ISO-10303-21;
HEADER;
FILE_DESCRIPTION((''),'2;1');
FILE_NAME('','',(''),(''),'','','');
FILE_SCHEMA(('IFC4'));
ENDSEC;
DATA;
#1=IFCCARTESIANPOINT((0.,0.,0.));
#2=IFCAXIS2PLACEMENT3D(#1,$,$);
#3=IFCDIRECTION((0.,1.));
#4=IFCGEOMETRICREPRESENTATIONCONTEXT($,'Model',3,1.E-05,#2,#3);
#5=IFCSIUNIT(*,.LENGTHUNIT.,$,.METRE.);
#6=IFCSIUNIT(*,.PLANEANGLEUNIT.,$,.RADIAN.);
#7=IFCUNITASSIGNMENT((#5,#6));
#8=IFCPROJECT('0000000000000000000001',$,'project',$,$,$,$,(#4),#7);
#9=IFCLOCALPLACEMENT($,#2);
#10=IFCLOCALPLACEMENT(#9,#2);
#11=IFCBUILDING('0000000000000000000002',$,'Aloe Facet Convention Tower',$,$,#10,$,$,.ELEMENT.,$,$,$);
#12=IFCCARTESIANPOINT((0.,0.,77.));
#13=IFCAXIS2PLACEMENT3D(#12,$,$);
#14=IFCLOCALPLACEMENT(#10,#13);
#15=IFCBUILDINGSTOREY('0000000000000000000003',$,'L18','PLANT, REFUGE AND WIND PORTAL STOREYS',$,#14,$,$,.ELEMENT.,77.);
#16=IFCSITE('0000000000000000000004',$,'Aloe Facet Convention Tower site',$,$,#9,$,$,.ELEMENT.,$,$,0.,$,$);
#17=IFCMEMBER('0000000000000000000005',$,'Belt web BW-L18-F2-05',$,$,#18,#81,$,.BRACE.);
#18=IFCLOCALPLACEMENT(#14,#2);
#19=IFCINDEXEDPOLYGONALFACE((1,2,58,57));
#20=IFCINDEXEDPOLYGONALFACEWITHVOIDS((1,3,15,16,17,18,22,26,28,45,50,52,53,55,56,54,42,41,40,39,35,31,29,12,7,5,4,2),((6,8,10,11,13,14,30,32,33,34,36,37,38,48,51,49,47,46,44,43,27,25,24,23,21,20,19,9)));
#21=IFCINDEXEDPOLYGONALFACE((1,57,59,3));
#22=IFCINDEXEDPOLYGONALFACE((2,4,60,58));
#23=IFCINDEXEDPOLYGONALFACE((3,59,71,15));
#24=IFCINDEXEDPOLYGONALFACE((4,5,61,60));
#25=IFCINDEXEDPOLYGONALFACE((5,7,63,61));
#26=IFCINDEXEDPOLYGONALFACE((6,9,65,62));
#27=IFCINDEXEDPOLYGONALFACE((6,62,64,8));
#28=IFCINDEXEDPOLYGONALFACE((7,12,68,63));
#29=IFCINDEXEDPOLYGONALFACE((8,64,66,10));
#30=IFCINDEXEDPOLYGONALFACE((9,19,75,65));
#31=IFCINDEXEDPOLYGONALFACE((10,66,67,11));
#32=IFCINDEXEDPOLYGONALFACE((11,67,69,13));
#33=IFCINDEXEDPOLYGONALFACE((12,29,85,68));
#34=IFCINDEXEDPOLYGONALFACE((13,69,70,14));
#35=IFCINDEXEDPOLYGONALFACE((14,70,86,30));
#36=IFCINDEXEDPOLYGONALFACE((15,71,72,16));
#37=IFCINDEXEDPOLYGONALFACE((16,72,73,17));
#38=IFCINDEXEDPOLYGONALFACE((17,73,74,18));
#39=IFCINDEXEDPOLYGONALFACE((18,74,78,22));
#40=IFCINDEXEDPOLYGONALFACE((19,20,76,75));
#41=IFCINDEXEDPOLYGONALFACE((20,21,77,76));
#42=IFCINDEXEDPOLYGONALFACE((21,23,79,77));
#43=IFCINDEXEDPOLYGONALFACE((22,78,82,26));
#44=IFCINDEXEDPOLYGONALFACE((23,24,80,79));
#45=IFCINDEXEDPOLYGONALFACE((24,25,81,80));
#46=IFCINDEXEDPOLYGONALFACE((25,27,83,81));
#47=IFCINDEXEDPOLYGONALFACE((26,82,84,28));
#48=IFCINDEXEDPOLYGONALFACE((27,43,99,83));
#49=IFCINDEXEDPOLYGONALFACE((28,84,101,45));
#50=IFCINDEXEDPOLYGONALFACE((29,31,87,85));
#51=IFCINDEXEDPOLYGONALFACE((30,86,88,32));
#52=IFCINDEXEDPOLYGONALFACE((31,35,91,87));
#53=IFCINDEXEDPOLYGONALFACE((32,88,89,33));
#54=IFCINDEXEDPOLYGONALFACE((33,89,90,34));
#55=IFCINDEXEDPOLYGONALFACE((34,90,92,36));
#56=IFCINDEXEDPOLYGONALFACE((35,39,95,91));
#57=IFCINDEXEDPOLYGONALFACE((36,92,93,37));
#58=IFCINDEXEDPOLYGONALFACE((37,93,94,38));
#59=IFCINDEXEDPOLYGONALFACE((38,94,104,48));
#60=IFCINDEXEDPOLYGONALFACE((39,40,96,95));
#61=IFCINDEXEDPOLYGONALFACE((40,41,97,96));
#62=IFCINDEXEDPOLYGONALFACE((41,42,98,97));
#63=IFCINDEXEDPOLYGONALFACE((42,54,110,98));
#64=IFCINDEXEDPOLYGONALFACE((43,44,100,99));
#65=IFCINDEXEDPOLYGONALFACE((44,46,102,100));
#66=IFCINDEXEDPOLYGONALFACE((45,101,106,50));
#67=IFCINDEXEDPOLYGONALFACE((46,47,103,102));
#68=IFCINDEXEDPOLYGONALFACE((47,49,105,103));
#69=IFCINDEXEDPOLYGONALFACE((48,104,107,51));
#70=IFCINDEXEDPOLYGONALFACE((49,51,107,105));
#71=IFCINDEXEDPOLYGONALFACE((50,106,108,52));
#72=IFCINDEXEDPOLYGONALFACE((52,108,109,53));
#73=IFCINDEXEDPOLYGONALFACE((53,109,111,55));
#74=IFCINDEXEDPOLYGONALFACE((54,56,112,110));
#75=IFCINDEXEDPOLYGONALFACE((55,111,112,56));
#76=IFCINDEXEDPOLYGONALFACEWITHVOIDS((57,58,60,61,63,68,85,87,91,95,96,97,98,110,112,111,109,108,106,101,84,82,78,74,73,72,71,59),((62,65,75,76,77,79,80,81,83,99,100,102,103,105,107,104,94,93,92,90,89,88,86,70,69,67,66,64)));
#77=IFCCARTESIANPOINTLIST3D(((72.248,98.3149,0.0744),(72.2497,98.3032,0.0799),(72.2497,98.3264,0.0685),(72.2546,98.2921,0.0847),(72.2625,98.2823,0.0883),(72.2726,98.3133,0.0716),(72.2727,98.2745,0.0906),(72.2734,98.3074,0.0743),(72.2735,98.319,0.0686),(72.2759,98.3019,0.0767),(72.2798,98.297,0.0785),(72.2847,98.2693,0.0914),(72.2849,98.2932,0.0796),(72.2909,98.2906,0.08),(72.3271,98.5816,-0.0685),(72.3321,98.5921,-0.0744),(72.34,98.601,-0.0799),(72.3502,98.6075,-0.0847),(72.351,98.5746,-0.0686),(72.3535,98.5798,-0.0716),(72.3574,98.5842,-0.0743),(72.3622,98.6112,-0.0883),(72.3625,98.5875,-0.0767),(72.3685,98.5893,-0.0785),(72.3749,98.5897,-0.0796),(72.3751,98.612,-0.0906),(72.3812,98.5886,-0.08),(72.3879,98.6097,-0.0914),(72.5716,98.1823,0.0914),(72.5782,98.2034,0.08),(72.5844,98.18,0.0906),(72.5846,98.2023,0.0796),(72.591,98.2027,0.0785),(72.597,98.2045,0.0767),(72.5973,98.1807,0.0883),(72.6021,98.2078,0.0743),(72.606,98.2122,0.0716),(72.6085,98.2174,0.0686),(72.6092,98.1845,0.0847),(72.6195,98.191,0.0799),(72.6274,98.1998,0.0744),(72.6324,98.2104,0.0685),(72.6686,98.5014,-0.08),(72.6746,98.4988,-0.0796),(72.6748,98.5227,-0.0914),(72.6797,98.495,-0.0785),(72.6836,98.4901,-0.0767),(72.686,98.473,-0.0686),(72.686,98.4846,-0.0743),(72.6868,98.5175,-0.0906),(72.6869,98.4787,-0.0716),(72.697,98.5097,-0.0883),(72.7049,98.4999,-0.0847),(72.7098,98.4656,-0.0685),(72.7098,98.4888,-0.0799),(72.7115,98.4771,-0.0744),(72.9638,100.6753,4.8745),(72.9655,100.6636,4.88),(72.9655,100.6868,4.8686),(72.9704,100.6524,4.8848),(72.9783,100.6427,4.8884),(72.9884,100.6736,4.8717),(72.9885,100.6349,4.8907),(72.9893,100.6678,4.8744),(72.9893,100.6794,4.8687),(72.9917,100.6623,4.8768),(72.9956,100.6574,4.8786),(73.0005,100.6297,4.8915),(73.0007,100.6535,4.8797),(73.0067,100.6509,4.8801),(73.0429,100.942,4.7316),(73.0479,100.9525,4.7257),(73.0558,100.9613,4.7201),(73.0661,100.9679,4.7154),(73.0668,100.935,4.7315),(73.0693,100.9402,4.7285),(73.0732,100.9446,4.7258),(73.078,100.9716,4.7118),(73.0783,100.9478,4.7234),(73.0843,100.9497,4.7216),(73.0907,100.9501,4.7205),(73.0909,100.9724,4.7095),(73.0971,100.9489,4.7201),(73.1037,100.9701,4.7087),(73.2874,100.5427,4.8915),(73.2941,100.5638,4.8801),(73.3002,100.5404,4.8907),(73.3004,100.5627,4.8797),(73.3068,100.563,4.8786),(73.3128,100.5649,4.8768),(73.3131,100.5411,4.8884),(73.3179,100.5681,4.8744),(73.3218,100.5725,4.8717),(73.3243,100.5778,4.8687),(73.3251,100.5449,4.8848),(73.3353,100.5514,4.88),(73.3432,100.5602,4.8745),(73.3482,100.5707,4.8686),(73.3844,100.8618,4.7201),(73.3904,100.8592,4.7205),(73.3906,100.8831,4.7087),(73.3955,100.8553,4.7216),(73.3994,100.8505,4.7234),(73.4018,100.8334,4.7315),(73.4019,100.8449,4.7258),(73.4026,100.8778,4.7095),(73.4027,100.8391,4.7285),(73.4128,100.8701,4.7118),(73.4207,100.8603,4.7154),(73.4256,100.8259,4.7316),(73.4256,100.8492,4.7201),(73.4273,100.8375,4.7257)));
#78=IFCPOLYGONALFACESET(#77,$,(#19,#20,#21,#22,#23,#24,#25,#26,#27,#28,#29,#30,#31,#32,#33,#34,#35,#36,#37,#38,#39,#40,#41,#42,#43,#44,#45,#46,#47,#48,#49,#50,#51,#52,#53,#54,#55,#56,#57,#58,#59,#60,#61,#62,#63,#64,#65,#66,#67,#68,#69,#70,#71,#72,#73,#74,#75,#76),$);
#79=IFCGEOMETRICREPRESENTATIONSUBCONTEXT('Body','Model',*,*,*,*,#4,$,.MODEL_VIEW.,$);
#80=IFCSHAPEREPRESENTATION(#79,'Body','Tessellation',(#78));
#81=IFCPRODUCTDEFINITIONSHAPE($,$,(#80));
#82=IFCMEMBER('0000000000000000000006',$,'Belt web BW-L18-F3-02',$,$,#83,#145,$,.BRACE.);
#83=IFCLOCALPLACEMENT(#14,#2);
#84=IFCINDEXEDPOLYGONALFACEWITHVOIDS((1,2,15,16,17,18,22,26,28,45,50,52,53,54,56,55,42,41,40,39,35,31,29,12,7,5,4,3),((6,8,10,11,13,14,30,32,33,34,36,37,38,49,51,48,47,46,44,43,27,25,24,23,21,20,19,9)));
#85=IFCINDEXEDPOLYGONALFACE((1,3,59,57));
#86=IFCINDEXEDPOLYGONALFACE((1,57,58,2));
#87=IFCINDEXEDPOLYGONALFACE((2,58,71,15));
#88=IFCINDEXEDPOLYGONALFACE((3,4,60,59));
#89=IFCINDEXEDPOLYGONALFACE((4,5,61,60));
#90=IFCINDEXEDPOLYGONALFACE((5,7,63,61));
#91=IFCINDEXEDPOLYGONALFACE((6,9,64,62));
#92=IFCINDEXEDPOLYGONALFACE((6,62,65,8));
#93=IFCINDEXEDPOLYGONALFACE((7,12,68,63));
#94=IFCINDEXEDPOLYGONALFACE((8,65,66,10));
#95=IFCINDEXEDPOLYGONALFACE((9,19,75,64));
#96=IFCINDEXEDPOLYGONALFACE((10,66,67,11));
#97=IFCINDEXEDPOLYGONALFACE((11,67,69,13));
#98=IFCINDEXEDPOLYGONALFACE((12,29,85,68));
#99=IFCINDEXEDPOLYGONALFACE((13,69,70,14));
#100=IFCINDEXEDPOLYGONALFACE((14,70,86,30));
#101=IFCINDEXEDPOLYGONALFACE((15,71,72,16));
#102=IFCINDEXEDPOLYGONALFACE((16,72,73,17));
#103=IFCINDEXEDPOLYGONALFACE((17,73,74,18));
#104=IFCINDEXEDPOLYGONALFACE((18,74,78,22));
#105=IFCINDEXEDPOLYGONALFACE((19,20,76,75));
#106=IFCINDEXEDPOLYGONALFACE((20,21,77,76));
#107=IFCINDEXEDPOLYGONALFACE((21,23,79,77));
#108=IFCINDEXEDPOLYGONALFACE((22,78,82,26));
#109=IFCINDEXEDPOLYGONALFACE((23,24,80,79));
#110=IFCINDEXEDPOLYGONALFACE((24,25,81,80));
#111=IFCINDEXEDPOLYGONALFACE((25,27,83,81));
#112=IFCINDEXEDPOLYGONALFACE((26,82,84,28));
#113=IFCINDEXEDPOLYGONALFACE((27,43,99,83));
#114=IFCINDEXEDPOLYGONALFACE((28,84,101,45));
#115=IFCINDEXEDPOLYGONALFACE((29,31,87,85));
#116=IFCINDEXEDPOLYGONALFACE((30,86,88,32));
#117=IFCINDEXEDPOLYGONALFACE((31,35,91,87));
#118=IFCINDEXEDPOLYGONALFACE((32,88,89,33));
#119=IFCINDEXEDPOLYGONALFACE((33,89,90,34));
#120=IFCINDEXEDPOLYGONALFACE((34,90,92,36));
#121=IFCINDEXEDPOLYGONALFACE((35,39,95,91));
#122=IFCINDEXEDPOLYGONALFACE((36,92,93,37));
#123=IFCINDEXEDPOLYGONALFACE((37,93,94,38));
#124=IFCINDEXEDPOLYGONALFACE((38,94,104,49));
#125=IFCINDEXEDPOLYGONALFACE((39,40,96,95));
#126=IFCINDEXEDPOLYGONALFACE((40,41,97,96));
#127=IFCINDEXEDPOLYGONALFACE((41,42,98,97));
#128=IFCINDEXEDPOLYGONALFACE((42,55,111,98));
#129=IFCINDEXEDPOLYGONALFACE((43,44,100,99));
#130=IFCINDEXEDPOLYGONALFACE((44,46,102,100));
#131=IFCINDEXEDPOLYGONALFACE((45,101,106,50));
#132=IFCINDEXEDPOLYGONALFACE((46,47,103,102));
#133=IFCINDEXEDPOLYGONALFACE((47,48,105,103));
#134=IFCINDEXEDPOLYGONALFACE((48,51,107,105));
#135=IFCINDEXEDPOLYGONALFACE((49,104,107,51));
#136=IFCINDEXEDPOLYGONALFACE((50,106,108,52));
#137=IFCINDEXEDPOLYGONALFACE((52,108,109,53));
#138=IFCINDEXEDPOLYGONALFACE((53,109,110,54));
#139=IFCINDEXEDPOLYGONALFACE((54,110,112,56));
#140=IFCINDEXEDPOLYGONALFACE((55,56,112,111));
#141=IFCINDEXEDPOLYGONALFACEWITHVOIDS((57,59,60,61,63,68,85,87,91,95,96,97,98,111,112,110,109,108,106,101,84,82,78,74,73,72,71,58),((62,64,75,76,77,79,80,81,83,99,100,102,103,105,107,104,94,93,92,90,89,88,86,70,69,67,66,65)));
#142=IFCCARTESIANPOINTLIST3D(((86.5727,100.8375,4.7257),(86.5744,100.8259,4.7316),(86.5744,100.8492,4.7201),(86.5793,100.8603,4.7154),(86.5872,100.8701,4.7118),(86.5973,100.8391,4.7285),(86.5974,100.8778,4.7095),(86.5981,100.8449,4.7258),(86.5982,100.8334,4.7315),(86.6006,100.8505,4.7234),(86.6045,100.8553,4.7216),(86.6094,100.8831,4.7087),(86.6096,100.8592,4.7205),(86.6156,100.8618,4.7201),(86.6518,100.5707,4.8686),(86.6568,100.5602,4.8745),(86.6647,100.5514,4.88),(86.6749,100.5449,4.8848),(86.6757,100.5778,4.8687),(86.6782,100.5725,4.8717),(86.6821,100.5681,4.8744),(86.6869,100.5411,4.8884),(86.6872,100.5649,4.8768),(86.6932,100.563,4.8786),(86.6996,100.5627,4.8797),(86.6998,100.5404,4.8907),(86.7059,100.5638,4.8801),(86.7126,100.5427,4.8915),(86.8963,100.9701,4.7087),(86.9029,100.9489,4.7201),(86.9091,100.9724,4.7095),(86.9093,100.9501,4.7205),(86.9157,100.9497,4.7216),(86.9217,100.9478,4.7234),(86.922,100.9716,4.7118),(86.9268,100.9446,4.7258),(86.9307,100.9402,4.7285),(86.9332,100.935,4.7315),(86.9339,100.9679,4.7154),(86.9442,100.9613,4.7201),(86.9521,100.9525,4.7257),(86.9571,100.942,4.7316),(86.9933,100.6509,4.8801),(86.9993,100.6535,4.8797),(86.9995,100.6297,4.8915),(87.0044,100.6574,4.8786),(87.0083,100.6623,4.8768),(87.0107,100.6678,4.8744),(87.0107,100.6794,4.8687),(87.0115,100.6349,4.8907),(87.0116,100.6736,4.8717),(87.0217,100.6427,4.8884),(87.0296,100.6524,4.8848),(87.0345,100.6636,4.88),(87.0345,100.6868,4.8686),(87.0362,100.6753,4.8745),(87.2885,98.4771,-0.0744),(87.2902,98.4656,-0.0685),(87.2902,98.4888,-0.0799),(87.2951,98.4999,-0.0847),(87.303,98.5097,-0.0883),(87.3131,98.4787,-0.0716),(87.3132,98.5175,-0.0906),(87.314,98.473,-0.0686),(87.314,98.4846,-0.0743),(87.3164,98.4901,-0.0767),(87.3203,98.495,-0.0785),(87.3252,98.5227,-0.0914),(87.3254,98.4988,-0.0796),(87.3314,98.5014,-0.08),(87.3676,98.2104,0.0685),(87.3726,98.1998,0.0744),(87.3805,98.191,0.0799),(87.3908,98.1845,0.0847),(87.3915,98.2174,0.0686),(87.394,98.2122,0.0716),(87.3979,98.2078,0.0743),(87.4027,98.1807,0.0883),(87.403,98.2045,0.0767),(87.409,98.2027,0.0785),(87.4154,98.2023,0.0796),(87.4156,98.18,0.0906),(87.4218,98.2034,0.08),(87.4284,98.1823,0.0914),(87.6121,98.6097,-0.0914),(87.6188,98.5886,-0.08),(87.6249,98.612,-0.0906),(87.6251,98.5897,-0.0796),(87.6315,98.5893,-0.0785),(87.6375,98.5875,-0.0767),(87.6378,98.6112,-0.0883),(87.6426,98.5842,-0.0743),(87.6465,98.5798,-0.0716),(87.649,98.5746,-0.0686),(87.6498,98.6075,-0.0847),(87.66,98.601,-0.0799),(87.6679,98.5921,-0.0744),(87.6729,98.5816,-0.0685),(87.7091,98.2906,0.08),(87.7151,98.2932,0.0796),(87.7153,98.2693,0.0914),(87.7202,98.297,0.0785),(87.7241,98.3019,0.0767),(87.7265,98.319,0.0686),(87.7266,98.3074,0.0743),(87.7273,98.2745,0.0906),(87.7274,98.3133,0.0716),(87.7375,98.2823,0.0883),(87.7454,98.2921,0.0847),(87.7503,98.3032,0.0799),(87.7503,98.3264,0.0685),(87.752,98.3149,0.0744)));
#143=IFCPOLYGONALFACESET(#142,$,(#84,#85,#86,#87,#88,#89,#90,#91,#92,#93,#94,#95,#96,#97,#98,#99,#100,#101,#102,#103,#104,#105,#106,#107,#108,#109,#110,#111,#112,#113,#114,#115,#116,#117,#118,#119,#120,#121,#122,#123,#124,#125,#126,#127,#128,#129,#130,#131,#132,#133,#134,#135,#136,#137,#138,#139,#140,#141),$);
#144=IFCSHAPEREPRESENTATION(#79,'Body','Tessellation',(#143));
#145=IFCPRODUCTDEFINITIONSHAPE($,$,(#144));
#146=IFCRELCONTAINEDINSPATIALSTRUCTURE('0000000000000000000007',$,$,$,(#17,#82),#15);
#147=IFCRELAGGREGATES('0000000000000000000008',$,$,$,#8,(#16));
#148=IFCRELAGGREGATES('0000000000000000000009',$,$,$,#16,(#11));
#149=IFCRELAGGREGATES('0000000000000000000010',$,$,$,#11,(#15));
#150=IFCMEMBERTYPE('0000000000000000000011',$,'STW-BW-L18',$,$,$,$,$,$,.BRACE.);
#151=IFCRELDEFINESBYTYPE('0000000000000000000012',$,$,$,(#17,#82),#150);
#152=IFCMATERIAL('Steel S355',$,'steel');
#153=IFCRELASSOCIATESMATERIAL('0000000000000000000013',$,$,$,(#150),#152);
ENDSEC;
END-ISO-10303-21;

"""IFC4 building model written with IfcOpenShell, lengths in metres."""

from ifc_helpers import new_model, si_unit, direction, frame, origin, origin_2d, place, context, subcontext, project, spatial, hollow_rectangle, extrude, material, material_profile, profile_set, type_object, element, save


model = new_model("IFC4")

# Units and contexts
model_context = context("Model", 3, precision=1e-05, world=origin(), true_north=direction((0.0, 1.0)))
body_context = subcontext(model_context, "Body", "Model", "MODEL_VIEW")
ifc_project = project(units=[si_unit("LENGTHUNIT", "METRE"), si_unit("PLANEANGLEUNIT", "RADIAN")], contexts=[model_context])

# Site, building, storey
site_placement = place(None, origin())
site = spatial("IfcSite", under=ifc_project, at=site_placement, Name="Aloe Facet Convention Tower site", CompositionType="ELEMENT", RefElevation=0.0)
building_placement = place(site_placement, origin())
building = spatial("IfcBuilding", under=site, at=building_placement, Name="Aloe Facet Convention Tower", CompositionType="ELEMENT")
storey_placement = place(building_placement, frame((0.0, 0.0, 77.0)))
storey = spatial("IfcBuildingStorey", under=building, at=storey_placement, Name="L18", Description="PLANT, REFUGE AND WIND PORTAL STOREYS", CompositionType="ELEMENT", Elevation=77.0)

# Members
ifc_material_1 = material(Name="Steel S355", Category="steel")
ifc_material_profile_1 = material_profile(ifc_material_1, hollow_rectangle(XDim=0.3999, YDim=0.3999, WallThickness=0.0249, InnerFilletRadius=0.0249, OuterFilletRadius=0.05, at=origin_2d()), Name="SHS 400x400x25")
ifc_profile_set_1 = profile_set([ifc_material_profile_1], Name="Steel S355")
member_type_1 = type_object("IfcMemberType", Name="STW-BW-L18", PredefinedType="BRACE", material=ifc_profile_set_1)
for number, where, z_axis, x_axis, name in (
    (1, (72.4797, 98.396, 0.0), (0.132641, 0.437371, 0.889445), (-0.956961, 0.290216, 0.0), "Belt web BW-L18-F2-05"),
    (2, (87.5203, 98.396, 0.0), (-0.132641, 0.437371, 0.889445), (-0.956961, -0.290216, 0.0), "Belt web BW-L18-F3-02"),
):
    element("IfcMember", number, at=place(storey_placement, frame(where, z_axis=z_axis, x_axis=x_axis)), inside=storey, type_object=member_type_1, Name=name, PredefinedType="BRACE", context=body_context, shape_type="SweptSolid", body=[
        extrude(hollow_rectangle(XDim=0.3999, YDim=0.3999, WallThickness=0.0249, InnerFilletRadius=0.0249, OuterFilletRadius=0.05, at=origin_2d()), origin(), (0.0, 0.0, 1.0), 5.3967),
    ])

save(model, "model.ifc")
